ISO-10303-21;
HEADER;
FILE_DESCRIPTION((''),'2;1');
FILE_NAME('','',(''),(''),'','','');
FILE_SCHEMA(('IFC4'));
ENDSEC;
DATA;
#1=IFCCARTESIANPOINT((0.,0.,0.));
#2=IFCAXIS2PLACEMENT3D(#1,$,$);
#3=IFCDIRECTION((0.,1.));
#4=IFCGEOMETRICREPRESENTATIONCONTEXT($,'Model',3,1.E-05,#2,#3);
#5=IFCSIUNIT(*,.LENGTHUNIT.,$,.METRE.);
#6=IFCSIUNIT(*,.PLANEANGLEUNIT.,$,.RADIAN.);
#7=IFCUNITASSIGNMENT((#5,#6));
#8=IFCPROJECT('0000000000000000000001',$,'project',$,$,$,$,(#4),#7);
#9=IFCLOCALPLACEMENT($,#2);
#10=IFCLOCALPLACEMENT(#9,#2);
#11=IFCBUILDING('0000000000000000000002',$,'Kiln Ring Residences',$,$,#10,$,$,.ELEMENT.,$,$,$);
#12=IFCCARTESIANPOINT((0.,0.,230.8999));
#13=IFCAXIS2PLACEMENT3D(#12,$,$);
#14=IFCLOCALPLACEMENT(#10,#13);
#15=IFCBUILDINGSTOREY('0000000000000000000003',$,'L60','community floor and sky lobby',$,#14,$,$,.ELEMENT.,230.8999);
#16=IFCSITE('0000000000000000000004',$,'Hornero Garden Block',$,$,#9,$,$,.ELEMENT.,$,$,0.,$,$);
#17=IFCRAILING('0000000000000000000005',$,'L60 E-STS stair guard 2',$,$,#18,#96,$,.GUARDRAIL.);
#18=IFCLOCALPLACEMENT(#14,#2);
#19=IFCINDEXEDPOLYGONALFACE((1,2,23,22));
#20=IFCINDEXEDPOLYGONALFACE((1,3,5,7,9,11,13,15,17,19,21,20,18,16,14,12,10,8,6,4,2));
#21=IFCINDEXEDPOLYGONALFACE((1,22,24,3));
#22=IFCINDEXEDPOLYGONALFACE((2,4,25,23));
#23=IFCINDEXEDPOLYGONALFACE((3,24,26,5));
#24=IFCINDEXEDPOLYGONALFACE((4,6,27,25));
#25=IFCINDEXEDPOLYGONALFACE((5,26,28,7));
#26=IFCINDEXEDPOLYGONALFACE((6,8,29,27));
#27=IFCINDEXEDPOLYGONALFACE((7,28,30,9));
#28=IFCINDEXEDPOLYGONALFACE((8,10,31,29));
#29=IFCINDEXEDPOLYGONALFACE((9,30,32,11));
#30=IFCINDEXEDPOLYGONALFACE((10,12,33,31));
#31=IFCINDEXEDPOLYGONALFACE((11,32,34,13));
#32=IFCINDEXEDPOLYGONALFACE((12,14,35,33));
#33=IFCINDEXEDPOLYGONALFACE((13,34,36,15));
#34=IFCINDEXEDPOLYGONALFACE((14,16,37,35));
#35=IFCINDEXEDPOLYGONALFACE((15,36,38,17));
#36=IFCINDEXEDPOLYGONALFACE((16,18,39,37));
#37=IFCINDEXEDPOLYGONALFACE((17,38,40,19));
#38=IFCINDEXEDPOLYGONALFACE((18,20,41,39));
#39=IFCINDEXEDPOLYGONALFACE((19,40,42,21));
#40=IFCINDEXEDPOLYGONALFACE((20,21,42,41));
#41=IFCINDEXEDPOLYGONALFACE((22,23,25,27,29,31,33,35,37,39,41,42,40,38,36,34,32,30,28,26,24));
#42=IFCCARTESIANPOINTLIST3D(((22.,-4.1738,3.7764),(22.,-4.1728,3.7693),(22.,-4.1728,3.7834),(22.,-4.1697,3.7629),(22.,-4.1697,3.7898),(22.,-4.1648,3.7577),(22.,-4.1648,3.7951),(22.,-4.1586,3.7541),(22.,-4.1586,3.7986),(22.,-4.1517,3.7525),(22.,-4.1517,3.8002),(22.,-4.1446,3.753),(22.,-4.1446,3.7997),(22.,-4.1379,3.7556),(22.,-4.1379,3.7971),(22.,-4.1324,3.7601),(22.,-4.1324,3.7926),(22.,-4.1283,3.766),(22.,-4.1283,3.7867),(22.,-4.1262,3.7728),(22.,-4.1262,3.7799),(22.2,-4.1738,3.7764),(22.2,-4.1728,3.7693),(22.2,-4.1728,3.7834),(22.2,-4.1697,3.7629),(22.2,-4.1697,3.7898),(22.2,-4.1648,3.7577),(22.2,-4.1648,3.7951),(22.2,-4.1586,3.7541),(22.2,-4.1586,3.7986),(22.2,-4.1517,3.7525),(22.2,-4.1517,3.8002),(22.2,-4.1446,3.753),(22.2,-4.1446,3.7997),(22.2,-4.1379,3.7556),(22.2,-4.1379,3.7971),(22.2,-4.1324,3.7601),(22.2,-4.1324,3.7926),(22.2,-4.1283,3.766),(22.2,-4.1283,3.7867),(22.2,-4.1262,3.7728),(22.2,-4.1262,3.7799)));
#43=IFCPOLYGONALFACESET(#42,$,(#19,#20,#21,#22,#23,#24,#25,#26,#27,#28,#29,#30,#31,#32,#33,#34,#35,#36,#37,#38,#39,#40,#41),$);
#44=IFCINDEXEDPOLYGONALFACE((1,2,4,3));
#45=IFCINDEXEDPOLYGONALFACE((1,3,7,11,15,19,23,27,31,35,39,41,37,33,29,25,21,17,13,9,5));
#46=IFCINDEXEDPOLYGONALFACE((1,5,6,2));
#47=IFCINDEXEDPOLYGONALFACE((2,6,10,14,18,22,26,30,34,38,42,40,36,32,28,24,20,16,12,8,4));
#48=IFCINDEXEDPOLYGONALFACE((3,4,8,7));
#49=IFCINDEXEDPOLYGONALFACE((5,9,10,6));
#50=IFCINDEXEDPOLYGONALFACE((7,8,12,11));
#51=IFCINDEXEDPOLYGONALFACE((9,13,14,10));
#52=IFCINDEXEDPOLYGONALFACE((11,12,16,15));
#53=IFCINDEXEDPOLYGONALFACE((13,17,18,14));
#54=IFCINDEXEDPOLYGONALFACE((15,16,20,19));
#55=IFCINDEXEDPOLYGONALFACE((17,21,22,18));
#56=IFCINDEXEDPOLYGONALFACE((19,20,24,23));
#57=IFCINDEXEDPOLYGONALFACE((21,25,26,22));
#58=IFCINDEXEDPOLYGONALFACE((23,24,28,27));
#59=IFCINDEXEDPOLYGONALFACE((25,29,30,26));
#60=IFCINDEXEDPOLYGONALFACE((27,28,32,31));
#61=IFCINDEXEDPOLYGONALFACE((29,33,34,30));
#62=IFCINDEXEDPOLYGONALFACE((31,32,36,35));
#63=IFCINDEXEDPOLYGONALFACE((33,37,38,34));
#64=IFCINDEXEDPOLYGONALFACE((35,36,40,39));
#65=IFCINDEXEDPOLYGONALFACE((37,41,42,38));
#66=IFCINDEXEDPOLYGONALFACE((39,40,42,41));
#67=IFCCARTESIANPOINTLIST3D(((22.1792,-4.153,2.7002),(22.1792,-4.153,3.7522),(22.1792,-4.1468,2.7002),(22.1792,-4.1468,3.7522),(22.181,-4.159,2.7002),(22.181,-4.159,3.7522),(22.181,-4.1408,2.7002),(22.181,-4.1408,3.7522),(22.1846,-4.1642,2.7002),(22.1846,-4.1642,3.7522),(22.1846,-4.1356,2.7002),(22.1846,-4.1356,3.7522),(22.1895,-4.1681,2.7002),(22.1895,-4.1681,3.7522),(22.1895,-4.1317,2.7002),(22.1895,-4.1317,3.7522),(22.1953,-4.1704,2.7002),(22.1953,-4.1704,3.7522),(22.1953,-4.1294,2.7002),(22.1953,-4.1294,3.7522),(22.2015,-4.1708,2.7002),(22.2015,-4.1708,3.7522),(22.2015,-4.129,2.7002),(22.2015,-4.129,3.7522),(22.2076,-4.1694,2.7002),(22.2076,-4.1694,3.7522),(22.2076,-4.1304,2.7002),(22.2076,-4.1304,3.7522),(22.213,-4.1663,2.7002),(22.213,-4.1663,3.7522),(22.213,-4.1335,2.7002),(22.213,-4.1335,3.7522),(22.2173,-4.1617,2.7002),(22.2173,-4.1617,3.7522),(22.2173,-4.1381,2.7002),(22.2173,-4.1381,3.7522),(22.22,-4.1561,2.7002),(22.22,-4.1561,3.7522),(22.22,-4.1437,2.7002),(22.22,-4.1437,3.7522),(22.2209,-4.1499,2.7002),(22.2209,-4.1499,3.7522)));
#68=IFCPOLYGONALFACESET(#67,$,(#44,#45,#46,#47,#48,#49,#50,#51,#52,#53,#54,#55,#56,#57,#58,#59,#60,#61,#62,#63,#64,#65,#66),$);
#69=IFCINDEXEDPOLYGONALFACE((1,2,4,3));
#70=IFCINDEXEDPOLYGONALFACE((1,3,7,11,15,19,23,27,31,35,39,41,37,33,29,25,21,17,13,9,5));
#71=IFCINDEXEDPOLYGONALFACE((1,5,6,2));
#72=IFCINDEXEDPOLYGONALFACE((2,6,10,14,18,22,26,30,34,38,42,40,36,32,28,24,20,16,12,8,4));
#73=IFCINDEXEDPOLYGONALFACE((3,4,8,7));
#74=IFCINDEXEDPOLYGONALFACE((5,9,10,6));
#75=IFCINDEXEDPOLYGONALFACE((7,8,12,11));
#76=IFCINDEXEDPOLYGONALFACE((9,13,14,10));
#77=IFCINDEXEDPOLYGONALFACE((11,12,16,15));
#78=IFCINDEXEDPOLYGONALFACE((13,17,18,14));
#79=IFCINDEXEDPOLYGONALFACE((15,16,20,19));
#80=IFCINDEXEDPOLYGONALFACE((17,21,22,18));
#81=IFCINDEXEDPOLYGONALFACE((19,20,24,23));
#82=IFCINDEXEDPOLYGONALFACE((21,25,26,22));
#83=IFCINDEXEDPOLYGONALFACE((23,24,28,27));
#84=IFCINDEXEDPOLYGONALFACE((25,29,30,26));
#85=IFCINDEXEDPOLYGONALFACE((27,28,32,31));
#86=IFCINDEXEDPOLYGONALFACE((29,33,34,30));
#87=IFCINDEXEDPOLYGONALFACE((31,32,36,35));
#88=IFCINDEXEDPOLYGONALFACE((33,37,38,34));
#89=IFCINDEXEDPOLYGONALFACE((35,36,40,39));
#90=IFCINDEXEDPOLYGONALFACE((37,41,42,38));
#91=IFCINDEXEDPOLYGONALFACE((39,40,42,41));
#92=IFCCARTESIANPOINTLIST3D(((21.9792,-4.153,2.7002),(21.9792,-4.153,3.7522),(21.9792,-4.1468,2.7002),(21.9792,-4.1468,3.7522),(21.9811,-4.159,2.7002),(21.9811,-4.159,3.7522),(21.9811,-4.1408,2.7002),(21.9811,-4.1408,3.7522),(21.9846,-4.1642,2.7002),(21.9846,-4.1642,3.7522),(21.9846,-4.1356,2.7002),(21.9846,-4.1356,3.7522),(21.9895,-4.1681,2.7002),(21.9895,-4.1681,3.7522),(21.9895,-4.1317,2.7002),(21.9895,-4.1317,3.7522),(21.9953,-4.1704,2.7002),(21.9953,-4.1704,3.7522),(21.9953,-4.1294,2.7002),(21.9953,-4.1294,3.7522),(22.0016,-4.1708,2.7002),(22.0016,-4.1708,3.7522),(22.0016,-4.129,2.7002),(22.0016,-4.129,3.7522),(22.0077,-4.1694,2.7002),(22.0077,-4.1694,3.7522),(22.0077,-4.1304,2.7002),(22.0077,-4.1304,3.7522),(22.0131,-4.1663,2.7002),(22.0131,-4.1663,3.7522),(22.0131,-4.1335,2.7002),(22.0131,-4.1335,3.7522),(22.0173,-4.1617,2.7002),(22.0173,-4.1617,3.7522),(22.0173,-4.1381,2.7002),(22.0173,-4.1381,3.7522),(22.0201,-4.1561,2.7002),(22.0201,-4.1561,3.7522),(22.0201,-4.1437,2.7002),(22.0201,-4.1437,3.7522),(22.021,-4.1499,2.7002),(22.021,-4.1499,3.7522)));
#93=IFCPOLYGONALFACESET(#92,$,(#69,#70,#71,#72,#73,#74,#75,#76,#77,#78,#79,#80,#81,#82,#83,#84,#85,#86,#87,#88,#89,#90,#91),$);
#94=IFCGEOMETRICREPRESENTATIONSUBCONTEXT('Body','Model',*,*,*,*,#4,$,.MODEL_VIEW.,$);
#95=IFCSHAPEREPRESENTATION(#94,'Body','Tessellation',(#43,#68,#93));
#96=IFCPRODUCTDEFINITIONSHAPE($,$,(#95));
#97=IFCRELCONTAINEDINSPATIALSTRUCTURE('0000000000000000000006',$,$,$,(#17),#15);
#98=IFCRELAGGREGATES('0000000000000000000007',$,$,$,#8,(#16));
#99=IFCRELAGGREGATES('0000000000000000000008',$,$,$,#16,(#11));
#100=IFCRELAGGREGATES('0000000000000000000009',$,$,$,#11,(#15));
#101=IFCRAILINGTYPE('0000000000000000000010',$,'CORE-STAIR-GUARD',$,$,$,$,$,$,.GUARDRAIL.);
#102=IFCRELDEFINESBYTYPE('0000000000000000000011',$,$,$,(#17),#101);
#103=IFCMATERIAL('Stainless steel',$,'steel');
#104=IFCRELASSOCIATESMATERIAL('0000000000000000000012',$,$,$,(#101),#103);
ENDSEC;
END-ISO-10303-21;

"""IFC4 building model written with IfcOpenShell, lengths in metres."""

from ifc_helpers import new_model, si_unit, direction, frame, origin, origin_2d, place, context, subcontext, project, spatial, circle, extrude, material, type_object, element, save


model = new_model("IFC4")

# Units and contexts
model_context = context("Model", 3, precision=1e-05, world=origin(), true_north=direction((0.0, 1.0)))
body_context = subcontext(model_context, "Body", "Model", "MODEL_VIEW")
ifc_project = project(units=[si_unit("LENGTHUNIT", "METRE"), si_unit("PLANEANGLEUNIT", "RADIAN")], contexts=[model_context])

# Site, building, storey
site_placement = place(None, origin())
site = spatial("IfcSite", under=ifc_project, at=site_placement, Name="Hornero Garden Block", CompositionType="ELEMENT", RefElevation=0.0)
building_placement = place(site_placement, origin())
building = spatial("IfcBuilding", under=site, at=building_placement, Name="Kiln Ring Residences", CompositionType="ELEMENT")
storey_placement = place(building_placement, frame((0.0, 0.0, 230.8999)))
storey = spatial("IfcBuildingStorey", under=building, at=storey_placement, Name="L60", Description="community floor and sky lobby", CompositionType="ELEMENT", Elevation=230.8999)

# Railing
ifc_material_1 = material(Name="Stainless steel", Category="steel")
railing_type_1 = type_object("IfcRailingType", Name="CORE-STAIR-GUARD", PredefinedType="GUARDRAIL", material=ifc_material_1)
railing_1_placement = place(storey_placement, frame((22.2, -4.1499, 2.7002)))
element("IfcRailing", 1, at=railing_1_placement, inside=storey, type_object=railing_type_1, Name="L60 E-STS stair guard 2", PredefinedType="GUARDRAIL", context=body_context, shape_type="SweptSolid", body=[
    extrude(circle(Radius=0.0239, at=origin_2d()), frame((0.0, 0.0, 1.0762), z_axis=(-1.0, 0.0, 0.0), x_axis=(0.0, -1.0, 0.0)), (0.0, 0.0, 1.0), 0.2),
    extrude(circle(Radius=0.021, at=origin_2d()), origin(), (0.0, 0.0, 1.0), 1.052),
    extrude(circle(Radius=0.021, at=origin_2d()), frame((-0.2, 0.0, 0.0)), (0.0, 0.0, 1.0), 1.052),
])

save(model, "model.ifc")
